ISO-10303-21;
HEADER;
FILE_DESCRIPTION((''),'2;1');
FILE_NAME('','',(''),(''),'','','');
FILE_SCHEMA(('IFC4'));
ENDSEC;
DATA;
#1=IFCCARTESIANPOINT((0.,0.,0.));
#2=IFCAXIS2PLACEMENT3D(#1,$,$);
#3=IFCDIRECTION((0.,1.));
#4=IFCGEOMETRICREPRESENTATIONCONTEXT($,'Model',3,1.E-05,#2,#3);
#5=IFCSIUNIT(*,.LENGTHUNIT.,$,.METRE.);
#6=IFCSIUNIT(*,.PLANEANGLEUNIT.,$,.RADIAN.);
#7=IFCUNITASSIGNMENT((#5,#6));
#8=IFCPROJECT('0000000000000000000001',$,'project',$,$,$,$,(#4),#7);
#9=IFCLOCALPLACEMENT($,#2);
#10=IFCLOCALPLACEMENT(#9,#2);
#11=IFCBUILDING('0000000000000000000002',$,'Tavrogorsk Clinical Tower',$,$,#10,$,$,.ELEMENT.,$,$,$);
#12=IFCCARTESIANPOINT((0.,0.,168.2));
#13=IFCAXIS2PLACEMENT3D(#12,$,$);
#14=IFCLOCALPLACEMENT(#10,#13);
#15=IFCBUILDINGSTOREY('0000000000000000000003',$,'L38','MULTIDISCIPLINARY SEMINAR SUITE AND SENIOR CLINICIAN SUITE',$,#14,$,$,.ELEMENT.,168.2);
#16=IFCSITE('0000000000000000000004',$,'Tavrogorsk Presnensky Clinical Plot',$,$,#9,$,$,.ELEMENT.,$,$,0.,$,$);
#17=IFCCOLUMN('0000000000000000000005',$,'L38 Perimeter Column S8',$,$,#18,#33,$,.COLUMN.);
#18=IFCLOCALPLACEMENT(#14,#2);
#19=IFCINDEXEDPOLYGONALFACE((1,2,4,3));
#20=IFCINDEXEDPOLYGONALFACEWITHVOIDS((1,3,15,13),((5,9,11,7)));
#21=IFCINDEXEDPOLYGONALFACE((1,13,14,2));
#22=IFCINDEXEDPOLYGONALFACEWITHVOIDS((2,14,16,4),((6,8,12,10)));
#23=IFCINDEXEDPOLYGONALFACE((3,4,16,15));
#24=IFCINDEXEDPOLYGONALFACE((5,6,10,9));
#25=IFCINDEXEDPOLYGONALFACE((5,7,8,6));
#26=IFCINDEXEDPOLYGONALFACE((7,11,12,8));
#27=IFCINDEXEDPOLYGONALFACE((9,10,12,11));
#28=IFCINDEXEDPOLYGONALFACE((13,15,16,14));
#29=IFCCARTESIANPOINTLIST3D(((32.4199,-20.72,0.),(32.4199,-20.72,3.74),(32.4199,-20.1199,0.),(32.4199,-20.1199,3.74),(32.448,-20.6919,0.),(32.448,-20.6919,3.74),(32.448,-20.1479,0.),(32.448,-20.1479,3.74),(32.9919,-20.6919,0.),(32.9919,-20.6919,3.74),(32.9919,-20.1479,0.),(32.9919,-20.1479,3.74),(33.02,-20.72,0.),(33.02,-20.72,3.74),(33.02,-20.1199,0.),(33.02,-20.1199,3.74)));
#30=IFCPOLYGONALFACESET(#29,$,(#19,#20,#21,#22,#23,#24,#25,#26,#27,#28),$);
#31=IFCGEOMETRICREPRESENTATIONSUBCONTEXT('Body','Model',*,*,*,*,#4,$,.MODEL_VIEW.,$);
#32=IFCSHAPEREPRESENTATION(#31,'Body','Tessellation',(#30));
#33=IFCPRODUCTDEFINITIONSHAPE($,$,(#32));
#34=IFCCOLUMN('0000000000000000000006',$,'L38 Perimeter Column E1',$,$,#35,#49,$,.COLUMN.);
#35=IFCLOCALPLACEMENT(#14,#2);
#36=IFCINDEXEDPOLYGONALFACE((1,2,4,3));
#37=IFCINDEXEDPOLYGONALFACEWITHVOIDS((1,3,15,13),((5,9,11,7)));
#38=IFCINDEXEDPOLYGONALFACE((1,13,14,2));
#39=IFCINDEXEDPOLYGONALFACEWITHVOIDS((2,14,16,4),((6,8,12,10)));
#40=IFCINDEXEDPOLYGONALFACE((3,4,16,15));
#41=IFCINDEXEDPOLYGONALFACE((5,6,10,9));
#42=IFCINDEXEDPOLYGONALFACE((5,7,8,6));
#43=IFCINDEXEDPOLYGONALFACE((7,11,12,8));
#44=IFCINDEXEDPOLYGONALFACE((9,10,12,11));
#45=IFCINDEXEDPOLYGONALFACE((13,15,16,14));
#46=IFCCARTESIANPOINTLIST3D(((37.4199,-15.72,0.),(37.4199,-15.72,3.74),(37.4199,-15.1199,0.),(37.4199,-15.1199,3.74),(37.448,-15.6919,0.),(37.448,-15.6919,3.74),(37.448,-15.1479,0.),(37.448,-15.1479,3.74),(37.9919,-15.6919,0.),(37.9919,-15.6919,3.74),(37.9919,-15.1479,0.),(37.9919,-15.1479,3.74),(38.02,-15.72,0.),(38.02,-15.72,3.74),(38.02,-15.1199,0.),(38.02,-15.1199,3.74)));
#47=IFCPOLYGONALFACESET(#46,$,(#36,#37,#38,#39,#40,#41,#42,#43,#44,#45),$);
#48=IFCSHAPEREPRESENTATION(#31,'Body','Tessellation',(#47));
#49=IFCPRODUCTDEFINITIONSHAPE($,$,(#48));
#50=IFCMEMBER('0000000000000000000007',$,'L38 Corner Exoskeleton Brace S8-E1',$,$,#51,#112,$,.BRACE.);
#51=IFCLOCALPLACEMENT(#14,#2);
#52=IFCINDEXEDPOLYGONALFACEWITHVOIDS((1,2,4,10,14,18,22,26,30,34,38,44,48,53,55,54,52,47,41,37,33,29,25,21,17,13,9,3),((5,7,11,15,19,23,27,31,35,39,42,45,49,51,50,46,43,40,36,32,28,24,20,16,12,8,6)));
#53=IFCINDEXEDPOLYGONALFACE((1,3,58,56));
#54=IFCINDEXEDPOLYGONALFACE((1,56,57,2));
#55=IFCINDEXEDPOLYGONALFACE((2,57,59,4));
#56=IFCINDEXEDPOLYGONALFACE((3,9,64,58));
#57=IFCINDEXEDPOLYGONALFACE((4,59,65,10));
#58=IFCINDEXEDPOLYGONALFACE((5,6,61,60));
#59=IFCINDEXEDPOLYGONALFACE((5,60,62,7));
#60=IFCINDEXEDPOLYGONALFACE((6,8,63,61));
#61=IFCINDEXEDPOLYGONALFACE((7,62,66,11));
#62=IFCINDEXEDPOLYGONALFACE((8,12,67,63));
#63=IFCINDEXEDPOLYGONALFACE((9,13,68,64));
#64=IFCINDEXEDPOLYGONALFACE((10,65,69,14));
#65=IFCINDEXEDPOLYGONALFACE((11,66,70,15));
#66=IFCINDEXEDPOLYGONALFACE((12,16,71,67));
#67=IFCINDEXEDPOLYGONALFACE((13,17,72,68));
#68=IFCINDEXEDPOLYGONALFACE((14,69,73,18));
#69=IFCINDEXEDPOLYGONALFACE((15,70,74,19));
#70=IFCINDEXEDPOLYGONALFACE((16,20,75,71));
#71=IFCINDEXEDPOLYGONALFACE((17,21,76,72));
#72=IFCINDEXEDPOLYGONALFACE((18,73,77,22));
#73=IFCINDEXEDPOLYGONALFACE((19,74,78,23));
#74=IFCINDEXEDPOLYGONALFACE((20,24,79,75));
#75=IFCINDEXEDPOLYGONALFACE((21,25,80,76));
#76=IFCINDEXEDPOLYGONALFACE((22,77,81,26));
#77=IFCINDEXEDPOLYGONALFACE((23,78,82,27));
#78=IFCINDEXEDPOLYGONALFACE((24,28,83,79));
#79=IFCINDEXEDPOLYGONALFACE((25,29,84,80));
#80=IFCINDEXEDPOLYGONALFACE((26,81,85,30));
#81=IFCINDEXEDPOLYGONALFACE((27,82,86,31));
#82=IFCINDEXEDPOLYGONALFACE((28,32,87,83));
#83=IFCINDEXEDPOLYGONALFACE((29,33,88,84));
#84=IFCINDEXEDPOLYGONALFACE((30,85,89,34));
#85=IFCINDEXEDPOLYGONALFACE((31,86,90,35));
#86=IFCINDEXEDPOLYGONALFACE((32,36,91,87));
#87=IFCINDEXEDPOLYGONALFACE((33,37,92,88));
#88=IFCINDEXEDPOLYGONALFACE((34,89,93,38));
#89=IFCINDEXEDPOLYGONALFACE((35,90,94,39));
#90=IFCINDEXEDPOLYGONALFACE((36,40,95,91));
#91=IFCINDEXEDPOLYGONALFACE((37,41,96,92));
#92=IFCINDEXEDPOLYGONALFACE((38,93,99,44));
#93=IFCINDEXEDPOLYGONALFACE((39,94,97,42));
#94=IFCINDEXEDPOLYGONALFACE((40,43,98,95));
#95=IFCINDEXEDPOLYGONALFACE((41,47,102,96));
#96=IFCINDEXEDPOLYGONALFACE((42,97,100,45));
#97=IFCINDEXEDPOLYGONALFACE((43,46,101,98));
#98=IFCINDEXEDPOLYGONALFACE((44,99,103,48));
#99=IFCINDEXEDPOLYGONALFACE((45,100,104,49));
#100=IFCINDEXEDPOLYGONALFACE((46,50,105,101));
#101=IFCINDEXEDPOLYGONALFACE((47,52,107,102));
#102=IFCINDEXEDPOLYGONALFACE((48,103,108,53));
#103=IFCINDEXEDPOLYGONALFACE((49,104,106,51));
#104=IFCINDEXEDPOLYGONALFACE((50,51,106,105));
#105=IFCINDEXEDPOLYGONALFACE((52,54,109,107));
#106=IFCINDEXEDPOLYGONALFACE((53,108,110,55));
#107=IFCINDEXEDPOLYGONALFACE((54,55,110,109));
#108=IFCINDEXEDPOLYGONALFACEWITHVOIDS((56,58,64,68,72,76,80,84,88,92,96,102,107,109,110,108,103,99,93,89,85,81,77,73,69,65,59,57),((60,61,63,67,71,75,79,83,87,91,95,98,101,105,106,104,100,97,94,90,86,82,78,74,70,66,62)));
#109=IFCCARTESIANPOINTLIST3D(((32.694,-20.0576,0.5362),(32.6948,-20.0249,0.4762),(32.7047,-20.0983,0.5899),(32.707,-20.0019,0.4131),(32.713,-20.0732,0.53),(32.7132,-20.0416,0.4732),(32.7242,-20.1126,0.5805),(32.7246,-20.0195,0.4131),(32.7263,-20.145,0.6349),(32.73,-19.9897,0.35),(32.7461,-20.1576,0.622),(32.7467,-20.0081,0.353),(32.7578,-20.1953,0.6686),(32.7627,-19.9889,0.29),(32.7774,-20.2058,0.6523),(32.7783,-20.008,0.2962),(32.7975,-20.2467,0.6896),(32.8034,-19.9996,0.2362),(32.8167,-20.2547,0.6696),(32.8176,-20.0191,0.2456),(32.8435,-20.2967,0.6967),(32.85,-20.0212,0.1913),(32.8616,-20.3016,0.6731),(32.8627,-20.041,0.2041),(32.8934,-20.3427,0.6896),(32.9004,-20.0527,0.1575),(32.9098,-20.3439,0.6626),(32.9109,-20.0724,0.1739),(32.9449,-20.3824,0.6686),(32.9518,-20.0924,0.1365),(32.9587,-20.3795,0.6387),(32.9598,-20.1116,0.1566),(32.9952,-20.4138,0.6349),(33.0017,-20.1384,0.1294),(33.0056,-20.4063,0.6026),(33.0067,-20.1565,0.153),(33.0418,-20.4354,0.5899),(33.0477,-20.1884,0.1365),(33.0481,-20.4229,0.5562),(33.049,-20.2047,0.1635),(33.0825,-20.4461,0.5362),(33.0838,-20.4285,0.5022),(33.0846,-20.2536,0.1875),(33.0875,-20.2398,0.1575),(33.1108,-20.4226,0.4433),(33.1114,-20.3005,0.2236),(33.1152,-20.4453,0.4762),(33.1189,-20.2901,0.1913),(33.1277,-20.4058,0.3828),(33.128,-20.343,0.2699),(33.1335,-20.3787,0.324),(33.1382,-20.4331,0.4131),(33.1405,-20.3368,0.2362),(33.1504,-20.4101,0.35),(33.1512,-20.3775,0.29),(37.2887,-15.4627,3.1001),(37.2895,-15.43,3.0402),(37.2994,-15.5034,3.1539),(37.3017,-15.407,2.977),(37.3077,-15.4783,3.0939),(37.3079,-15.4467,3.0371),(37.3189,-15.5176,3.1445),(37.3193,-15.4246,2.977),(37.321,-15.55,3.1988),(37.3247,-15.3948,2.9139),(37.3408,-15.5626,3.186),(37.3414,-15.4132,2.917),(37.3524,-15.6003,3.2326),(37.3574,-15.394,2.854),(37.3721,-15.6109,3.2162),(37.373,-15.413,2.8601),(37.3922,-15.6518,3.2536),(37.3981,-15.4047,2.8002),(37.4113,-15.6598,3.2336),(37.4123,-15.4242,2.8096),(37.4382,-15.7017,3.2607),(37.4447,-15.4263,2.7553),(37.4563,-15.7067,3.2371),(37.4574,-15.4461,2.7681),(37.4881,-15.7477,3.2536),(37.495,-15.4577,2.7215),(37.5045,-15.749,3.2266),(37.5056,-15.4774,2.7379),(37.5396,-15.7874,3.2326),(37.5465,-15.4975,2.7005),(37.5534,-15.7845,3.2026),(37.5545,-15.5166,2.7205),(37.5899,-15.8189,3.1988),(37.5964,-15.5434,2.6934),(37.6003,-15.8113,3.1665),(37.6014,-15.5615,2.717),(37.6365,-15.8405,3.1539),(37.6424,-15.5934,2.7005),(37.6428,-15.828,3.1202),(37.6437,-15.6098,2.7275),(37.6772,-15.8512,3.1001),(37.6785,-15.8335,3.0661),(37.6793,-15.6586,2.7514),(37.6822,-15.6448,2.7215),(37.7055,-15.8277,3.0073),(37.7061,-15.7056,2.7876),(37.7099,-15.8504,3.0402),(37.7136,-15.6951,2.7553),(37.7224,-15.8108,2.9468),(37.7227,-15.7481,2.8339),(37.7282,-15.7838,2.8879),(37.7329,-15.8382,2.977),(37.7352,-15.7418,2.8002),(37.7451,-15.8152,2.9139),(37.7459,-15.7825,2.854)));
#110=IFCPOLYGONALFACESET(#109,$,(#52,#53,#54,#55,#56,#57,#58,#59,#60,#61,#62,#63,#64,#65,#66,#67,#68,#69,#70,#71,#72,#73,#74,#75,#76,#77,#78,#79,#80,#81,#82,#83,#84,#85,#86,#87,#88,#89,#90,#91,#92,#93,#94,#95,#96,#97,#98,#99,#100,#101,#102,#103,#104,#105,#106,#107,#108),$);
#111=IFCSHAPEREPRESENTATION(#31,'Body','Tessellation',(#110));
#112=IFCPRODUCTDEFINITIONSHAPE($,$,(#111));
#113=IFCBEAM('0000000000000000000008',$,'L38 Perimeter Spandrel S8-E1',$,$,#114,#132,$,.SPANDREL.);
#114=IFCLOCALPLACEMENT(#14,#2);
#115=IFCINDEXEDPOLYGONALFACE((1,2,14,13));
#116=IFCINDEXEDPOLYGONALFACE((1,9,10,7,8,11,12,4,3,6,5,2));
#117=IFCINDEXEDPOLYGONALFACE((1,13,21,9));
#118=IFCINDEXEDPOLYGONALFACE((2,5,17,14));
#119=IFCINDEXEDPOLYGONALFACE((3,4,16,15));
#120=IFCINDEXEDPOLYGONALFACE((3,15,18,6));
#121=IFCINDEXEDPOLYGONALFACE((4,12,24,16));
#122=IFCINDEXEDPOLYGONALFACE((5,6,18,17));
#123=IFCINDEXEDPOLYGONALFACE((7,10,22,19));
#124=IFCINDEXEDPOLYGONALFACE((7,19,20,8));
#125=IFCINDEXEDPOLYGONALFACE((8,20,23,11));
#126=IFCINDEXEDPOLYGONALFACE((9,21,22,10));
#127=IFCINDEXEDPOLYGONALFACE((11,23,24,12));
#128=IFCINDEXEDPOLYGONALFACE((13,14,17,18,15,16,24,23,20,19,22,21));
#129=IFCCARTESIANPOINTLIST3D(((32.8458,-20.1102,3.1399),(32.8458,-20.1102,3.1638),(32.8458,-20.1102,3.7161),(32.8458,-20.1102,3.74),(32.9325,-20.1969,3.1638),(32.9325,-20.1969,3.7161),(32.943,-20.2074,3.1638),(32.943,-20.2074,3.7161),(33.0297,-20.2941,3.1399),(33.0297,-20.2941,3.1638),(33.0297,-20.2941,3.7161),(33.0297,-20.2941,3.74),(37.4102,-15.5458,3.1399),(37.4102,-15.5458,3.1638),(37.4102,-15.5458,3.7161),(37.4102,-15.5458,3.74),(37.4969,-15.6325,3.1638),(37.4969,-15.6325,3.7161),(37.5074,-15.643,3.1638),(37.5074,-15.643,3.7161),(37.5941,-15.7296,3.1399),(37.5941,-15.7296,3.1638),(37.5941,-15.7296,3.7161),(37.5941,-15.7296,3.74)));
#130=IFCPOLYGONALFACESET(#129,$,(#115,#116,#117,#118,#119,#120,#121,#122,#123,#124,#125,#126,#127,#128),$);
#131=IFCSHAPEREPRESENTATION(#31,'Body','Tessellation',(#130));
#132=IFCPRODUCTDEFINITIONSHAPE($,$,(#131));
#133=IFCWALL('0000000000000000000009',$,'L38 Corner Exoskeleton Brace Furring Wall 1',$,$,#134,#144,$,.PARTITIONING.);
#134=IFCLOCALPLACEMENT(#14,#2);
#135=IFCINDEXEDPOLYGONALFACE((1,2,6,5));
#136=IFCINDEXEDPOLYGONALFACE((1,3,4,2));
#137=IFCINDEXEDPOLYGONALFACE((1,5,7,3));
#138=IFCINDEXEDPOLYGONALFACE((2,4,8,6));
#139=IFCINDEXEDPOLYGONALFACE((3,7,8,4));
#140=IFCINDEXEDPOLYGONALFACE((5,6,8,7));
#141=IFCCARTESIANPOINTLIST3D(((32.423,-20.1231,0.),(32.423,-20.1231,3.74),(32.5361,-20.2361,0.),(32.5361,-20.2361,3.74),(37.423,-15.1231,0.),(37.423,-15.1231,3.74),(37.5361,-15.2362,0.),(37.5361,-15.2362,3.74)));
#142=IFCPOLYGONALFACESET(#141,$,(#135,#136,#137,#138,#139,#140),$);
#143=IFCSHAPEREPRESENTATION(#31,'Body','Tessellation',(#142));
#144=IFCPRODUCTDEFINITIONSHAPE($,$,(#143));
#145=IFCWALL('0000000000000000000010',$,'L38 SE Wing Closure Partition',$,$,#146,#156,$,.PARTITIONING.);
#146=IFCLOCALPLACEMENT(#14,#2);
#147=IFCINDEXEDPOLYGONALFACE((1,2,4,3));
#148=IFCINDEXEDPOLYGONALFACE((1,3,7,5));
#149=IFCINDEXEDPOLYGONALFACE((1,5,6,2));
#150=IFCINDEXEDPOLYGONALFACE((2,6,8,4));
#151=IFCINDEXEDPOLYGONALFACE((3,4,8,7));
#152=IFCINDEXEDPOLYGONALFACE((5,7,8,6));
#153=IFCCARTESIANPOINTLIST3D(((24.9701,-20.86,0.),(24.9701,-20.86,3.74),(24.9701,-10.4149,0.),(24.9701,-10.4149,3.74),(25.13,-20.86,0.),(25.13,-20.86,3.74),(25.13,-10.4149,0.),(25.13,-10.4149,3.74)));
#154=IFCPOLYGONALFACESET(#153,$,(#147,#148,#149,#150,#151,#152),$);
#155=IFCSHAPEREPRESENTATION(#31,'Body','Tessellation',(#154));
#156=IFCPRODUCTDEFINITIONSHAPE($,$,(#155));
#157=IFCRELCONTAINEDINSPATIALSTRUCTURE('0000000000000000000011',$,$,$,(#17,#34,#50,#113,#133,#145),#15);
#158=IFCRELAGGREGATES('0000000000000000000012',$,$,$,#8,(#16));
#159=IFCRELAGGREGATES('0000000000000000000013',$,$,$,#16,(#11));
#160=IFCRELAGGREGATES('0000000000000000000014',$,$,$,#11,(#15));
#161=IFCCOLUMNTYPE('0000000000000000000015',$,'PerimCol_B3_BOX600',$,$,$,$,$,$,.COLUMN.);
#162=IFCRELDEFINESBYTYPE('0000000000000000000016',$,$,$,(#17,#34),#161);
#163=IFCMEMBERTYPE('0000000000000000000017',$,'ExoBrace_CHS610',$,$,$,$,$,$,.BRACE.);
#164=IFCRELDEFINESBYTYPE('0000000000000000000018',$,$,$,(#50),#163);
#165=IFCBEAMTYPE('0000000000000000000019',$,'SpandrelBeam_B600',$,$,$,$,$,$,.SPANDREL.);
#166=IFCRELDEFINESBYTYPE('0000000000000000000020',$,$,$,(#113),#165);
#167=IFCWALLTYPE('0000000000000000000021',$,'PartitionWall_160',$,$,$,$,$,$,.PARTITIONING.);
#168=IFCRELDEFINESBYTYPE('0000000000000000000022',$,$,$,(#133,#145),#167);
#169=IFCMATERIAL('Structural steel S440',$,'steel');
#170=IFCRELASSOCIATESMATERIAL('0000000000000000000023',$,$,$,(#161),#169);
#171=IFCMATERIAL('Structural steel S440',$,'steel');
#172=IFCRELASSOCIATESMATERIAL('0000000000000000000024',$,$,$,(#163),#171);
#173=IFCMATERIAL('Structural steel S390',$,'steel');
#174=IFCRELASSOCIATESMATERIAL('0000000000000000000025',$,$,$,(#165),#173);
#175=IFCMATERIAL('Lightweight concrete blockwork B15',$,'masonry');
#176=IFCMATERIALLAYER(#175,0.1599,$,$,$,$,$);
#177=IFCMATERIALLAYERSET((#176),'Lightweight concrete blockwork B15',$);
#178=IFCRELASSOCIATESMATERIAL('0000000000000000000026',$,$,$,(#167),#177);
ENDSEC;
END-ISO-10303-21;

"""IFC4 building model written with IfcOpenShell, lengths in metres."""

from ifc_helpers import new_model, si_unit, direction, frame, frame_2d, origin, origin_2d, place, context, subcontext, project, spatial, rectangle, hollow_rectangle, hollow_circle, i_section, extrude, material, layer, layer_set, material_profile, profile_set, type_object, element, save


model = new_model("IFC4")

# Units and contexts
model_context = context("Model", 3, precision=1e-05, world=origin(), true_north=direction((0.0, 1.0)))
body_context = subcontext(model_context, "Body", "Model", "MODEL_VIEW")
ifc_project = project(units=[si_unit("LENGTHUNIT", "METRE"), si_unit("PLANEANGLEUNIT", "RADIAN")], contexts=[model_context])

# Site, building, storey
site_placement = place(None, origin())
site = spatial("IfcSite", under=ifc_project, at=site_placement, Name="Tavrogorsk Presnensky Clinical Plot", CompositionType="ELEMENT", RefElevation=0.0)
building_placement = place(site_placement, origin())
building = spatial("IfcBuilding", under=site, at=building_placement, Name="Tavrogorsk Clinical Tower", CompositionType="ELEMENT")
storey_placement = place(building_placement, frame((0.0, 0.0, 168.2)))
storey = spatial("IfcBuildingStorey", under=building, at=storey_placement, Name="L38", Description="MULTIDISCIPLINARY SEMINAR SUITE AND SENIOR CLINICIAN SUITE", CompositionType="ELEMENT", Elevation=168.2)

# Columns
ifc_material_1 = material(Name="Structural steel S440", Category="steel")
ifc_material_profile_1 = material_profile(ifc_material_1, hollow_rectangle(XDim=0.6001, YDim=0.6001, WallThickness=0.0281, at=origin_2d()), Name="BOX-600x600x28")
ifc_profile_set_1 = profile_set([ifc_material_profile_1], Name="Structural steel S440")
column_type = type_object("IfcColumnType", Name="PerimCol_B3_BOX600", PredefinedType="COLUMN", material=ifc_profile_set_1)
for number, where, z_axis, x_axis, name in (
    (1, (32.72, -20.4199, 0.0), (0.0, 0.0, 1.0), (1.0, 0.0, 0.0), "L38 Perimeter Column S8"),
    (2, (37.72, -15.4199, 0.0), (0.0, 0.0, 1.0), (1.0, 0.0, 0.0), "L38 Perimeter Column E1"),
):
    element("IfcColumn", number, at=place(storey_placement, frame(where, z_axis=z_axis, x_axis=x_axis)), inside=storey, type_object=column_type, Name=name, PredefinedType="COLUMN", context=body_context, shape_type="SweptSolid", body=[
        extrude(hollow_rectangle(XDim=0.6001, YDim=0.6001, WallThickness=0.0281, at=origin_2d()), origin(), (0.0, 0.0, 1.0), 3.74),
    ])

# Member
ifc_material_2 = material(Name="Structural steel S440", Category="steel")
ifc_material_profile_2 = material_profile(ifc_material_2, hollow_circle(Radius=0.3049, WallThickness=0.0249, at=origin_2d()), Name="CHS-610x25")
ifc_profile_set_2 = profile_set([ifc_material_profile_2], Name="Structural steel S440")
member_type = type_object("IfcMemberType", Name="ExoBrace_CHS610", PredefinedType="BRACE", material=ifc_profile_set_2)
member_placement = place(storey_placement, frame((32.9226, -20.2175, 0.4131), z_axis=(0.657739, 0.657774, 0.367034), x_axis=(-0.707126, 0.707088, 0.0)))
element("IfcMember", 3, at=member_placement, inside=storey, type_object=member_type, Name="L38 Corner Exoskeleton Brace S8-E1", PredefinedType="BRACE", context=body_context, shape_type="SweptSolid", body=[
    extrude(hollow_circle(Radius=0.3049, WallThickness=0.0249, at=origin_2d()), origin(), (0.0, 0.0, 1.0), 6.9856),
])

# Beam
ifc_material_3 = material(Name="Structural steel S390", Category="steel")
ifc_material_profile_3 = material_profile(ifc_material_3, i_section(OverallWidth=0.26, OverallDepth=0.6001, WebThickness=0.0149, FlangeThickness=0.0239, at=origin_2d()), Name="B-600x260x15x24")
ifc_profile_set_3 = profile_set([ifc_material_profile_3], Name="Structural steel S390")
beam_type = type_object("IfcBeamType", Name="SpandrelBeam_B600", PredefinedType="SPANDREL", material=ifc_profile_set_3)
beam_placement = place(storey_placement, frame((32.9377, -20.2021, 3.4399), z_axis=(0.707107, 0.707107, 0.0), x_axis=(-0.707107, 0.707107, 0.0)))
element("IfcBeam", 4, at=beam_placement, inside=storey, type_object=beam_type, Name="L38 Perimeter Spandrel S8-E1", PredefinedType="SPANDREL", context=body_context, shape_type="SweptSolid", body=[
    extrude(i_section(OverallWidth=0.26, OverallDepth=0.6001, WebThickness=0.0149, FlangeThickness=0.0239, at=origin_2d()), origin(), (0.0, 0.0, 1.0), 6.4551),
])

# Walls
ifc_material_4 = material(Name="Lightweight concrete blockwork B15", Category="masonry")
ifc_layer_1 = layer(ifc_material_4, 0.1599)
ifc_layer_set_1 = layer_set([ifc_layer_1], Name="Lightweight concrete blockwork B15")
wall_type_1 = type_object("IfcWallType", Name="PartitionWall_160", PredefinedType="PARTITIONING", material=ifc_layer_set_1)
wall_1_placement = place(storey_placement, frame((32.4795, -20.1797, 0.0), z_axis=(0.0, 0.0, 1.0), x_axis=(0.707107, 0.707107, 0.0)))
element("IfcWall", 5, at=wall_1_placement, inside=storey, type_object=wall_type_1, Name="L38 Corner Exoskeleton Brace Furring Wall 1", PredefinedType="PARTITIONING", context=body_context, shape_type="SweptSolid", body=[
    extrude(rectangle(XDim=7.071, YDim=0.1599, at=frame_2d((3.5356, 0.0))), origin(), (0.0, 0.0, 1.0), 3.74),
])
wall_2_placement = place(storey_placement, frame((25.05, -20.8601, 0.0), z_axis=(0.0, 0.0, 1.0), x_axis=(0.0, 1.0, 0.0)))
element("IfcWall", 6, at=wall_2_placement, inside=storey, type_object=wall_type_1, Name="L38 SE Wing Closure Partition", PredefinedType="PARTITIONING", context=body_context, shape_type="SweptSolid", body=[
    extrude(rectangle(XDim=10.4451, YDim=0.1599, at=frame_2d((5.2227, 0.0))), origin(), (0.0, 0.0, 1.0), 3.74),
])

save(model, "model.ifc")
